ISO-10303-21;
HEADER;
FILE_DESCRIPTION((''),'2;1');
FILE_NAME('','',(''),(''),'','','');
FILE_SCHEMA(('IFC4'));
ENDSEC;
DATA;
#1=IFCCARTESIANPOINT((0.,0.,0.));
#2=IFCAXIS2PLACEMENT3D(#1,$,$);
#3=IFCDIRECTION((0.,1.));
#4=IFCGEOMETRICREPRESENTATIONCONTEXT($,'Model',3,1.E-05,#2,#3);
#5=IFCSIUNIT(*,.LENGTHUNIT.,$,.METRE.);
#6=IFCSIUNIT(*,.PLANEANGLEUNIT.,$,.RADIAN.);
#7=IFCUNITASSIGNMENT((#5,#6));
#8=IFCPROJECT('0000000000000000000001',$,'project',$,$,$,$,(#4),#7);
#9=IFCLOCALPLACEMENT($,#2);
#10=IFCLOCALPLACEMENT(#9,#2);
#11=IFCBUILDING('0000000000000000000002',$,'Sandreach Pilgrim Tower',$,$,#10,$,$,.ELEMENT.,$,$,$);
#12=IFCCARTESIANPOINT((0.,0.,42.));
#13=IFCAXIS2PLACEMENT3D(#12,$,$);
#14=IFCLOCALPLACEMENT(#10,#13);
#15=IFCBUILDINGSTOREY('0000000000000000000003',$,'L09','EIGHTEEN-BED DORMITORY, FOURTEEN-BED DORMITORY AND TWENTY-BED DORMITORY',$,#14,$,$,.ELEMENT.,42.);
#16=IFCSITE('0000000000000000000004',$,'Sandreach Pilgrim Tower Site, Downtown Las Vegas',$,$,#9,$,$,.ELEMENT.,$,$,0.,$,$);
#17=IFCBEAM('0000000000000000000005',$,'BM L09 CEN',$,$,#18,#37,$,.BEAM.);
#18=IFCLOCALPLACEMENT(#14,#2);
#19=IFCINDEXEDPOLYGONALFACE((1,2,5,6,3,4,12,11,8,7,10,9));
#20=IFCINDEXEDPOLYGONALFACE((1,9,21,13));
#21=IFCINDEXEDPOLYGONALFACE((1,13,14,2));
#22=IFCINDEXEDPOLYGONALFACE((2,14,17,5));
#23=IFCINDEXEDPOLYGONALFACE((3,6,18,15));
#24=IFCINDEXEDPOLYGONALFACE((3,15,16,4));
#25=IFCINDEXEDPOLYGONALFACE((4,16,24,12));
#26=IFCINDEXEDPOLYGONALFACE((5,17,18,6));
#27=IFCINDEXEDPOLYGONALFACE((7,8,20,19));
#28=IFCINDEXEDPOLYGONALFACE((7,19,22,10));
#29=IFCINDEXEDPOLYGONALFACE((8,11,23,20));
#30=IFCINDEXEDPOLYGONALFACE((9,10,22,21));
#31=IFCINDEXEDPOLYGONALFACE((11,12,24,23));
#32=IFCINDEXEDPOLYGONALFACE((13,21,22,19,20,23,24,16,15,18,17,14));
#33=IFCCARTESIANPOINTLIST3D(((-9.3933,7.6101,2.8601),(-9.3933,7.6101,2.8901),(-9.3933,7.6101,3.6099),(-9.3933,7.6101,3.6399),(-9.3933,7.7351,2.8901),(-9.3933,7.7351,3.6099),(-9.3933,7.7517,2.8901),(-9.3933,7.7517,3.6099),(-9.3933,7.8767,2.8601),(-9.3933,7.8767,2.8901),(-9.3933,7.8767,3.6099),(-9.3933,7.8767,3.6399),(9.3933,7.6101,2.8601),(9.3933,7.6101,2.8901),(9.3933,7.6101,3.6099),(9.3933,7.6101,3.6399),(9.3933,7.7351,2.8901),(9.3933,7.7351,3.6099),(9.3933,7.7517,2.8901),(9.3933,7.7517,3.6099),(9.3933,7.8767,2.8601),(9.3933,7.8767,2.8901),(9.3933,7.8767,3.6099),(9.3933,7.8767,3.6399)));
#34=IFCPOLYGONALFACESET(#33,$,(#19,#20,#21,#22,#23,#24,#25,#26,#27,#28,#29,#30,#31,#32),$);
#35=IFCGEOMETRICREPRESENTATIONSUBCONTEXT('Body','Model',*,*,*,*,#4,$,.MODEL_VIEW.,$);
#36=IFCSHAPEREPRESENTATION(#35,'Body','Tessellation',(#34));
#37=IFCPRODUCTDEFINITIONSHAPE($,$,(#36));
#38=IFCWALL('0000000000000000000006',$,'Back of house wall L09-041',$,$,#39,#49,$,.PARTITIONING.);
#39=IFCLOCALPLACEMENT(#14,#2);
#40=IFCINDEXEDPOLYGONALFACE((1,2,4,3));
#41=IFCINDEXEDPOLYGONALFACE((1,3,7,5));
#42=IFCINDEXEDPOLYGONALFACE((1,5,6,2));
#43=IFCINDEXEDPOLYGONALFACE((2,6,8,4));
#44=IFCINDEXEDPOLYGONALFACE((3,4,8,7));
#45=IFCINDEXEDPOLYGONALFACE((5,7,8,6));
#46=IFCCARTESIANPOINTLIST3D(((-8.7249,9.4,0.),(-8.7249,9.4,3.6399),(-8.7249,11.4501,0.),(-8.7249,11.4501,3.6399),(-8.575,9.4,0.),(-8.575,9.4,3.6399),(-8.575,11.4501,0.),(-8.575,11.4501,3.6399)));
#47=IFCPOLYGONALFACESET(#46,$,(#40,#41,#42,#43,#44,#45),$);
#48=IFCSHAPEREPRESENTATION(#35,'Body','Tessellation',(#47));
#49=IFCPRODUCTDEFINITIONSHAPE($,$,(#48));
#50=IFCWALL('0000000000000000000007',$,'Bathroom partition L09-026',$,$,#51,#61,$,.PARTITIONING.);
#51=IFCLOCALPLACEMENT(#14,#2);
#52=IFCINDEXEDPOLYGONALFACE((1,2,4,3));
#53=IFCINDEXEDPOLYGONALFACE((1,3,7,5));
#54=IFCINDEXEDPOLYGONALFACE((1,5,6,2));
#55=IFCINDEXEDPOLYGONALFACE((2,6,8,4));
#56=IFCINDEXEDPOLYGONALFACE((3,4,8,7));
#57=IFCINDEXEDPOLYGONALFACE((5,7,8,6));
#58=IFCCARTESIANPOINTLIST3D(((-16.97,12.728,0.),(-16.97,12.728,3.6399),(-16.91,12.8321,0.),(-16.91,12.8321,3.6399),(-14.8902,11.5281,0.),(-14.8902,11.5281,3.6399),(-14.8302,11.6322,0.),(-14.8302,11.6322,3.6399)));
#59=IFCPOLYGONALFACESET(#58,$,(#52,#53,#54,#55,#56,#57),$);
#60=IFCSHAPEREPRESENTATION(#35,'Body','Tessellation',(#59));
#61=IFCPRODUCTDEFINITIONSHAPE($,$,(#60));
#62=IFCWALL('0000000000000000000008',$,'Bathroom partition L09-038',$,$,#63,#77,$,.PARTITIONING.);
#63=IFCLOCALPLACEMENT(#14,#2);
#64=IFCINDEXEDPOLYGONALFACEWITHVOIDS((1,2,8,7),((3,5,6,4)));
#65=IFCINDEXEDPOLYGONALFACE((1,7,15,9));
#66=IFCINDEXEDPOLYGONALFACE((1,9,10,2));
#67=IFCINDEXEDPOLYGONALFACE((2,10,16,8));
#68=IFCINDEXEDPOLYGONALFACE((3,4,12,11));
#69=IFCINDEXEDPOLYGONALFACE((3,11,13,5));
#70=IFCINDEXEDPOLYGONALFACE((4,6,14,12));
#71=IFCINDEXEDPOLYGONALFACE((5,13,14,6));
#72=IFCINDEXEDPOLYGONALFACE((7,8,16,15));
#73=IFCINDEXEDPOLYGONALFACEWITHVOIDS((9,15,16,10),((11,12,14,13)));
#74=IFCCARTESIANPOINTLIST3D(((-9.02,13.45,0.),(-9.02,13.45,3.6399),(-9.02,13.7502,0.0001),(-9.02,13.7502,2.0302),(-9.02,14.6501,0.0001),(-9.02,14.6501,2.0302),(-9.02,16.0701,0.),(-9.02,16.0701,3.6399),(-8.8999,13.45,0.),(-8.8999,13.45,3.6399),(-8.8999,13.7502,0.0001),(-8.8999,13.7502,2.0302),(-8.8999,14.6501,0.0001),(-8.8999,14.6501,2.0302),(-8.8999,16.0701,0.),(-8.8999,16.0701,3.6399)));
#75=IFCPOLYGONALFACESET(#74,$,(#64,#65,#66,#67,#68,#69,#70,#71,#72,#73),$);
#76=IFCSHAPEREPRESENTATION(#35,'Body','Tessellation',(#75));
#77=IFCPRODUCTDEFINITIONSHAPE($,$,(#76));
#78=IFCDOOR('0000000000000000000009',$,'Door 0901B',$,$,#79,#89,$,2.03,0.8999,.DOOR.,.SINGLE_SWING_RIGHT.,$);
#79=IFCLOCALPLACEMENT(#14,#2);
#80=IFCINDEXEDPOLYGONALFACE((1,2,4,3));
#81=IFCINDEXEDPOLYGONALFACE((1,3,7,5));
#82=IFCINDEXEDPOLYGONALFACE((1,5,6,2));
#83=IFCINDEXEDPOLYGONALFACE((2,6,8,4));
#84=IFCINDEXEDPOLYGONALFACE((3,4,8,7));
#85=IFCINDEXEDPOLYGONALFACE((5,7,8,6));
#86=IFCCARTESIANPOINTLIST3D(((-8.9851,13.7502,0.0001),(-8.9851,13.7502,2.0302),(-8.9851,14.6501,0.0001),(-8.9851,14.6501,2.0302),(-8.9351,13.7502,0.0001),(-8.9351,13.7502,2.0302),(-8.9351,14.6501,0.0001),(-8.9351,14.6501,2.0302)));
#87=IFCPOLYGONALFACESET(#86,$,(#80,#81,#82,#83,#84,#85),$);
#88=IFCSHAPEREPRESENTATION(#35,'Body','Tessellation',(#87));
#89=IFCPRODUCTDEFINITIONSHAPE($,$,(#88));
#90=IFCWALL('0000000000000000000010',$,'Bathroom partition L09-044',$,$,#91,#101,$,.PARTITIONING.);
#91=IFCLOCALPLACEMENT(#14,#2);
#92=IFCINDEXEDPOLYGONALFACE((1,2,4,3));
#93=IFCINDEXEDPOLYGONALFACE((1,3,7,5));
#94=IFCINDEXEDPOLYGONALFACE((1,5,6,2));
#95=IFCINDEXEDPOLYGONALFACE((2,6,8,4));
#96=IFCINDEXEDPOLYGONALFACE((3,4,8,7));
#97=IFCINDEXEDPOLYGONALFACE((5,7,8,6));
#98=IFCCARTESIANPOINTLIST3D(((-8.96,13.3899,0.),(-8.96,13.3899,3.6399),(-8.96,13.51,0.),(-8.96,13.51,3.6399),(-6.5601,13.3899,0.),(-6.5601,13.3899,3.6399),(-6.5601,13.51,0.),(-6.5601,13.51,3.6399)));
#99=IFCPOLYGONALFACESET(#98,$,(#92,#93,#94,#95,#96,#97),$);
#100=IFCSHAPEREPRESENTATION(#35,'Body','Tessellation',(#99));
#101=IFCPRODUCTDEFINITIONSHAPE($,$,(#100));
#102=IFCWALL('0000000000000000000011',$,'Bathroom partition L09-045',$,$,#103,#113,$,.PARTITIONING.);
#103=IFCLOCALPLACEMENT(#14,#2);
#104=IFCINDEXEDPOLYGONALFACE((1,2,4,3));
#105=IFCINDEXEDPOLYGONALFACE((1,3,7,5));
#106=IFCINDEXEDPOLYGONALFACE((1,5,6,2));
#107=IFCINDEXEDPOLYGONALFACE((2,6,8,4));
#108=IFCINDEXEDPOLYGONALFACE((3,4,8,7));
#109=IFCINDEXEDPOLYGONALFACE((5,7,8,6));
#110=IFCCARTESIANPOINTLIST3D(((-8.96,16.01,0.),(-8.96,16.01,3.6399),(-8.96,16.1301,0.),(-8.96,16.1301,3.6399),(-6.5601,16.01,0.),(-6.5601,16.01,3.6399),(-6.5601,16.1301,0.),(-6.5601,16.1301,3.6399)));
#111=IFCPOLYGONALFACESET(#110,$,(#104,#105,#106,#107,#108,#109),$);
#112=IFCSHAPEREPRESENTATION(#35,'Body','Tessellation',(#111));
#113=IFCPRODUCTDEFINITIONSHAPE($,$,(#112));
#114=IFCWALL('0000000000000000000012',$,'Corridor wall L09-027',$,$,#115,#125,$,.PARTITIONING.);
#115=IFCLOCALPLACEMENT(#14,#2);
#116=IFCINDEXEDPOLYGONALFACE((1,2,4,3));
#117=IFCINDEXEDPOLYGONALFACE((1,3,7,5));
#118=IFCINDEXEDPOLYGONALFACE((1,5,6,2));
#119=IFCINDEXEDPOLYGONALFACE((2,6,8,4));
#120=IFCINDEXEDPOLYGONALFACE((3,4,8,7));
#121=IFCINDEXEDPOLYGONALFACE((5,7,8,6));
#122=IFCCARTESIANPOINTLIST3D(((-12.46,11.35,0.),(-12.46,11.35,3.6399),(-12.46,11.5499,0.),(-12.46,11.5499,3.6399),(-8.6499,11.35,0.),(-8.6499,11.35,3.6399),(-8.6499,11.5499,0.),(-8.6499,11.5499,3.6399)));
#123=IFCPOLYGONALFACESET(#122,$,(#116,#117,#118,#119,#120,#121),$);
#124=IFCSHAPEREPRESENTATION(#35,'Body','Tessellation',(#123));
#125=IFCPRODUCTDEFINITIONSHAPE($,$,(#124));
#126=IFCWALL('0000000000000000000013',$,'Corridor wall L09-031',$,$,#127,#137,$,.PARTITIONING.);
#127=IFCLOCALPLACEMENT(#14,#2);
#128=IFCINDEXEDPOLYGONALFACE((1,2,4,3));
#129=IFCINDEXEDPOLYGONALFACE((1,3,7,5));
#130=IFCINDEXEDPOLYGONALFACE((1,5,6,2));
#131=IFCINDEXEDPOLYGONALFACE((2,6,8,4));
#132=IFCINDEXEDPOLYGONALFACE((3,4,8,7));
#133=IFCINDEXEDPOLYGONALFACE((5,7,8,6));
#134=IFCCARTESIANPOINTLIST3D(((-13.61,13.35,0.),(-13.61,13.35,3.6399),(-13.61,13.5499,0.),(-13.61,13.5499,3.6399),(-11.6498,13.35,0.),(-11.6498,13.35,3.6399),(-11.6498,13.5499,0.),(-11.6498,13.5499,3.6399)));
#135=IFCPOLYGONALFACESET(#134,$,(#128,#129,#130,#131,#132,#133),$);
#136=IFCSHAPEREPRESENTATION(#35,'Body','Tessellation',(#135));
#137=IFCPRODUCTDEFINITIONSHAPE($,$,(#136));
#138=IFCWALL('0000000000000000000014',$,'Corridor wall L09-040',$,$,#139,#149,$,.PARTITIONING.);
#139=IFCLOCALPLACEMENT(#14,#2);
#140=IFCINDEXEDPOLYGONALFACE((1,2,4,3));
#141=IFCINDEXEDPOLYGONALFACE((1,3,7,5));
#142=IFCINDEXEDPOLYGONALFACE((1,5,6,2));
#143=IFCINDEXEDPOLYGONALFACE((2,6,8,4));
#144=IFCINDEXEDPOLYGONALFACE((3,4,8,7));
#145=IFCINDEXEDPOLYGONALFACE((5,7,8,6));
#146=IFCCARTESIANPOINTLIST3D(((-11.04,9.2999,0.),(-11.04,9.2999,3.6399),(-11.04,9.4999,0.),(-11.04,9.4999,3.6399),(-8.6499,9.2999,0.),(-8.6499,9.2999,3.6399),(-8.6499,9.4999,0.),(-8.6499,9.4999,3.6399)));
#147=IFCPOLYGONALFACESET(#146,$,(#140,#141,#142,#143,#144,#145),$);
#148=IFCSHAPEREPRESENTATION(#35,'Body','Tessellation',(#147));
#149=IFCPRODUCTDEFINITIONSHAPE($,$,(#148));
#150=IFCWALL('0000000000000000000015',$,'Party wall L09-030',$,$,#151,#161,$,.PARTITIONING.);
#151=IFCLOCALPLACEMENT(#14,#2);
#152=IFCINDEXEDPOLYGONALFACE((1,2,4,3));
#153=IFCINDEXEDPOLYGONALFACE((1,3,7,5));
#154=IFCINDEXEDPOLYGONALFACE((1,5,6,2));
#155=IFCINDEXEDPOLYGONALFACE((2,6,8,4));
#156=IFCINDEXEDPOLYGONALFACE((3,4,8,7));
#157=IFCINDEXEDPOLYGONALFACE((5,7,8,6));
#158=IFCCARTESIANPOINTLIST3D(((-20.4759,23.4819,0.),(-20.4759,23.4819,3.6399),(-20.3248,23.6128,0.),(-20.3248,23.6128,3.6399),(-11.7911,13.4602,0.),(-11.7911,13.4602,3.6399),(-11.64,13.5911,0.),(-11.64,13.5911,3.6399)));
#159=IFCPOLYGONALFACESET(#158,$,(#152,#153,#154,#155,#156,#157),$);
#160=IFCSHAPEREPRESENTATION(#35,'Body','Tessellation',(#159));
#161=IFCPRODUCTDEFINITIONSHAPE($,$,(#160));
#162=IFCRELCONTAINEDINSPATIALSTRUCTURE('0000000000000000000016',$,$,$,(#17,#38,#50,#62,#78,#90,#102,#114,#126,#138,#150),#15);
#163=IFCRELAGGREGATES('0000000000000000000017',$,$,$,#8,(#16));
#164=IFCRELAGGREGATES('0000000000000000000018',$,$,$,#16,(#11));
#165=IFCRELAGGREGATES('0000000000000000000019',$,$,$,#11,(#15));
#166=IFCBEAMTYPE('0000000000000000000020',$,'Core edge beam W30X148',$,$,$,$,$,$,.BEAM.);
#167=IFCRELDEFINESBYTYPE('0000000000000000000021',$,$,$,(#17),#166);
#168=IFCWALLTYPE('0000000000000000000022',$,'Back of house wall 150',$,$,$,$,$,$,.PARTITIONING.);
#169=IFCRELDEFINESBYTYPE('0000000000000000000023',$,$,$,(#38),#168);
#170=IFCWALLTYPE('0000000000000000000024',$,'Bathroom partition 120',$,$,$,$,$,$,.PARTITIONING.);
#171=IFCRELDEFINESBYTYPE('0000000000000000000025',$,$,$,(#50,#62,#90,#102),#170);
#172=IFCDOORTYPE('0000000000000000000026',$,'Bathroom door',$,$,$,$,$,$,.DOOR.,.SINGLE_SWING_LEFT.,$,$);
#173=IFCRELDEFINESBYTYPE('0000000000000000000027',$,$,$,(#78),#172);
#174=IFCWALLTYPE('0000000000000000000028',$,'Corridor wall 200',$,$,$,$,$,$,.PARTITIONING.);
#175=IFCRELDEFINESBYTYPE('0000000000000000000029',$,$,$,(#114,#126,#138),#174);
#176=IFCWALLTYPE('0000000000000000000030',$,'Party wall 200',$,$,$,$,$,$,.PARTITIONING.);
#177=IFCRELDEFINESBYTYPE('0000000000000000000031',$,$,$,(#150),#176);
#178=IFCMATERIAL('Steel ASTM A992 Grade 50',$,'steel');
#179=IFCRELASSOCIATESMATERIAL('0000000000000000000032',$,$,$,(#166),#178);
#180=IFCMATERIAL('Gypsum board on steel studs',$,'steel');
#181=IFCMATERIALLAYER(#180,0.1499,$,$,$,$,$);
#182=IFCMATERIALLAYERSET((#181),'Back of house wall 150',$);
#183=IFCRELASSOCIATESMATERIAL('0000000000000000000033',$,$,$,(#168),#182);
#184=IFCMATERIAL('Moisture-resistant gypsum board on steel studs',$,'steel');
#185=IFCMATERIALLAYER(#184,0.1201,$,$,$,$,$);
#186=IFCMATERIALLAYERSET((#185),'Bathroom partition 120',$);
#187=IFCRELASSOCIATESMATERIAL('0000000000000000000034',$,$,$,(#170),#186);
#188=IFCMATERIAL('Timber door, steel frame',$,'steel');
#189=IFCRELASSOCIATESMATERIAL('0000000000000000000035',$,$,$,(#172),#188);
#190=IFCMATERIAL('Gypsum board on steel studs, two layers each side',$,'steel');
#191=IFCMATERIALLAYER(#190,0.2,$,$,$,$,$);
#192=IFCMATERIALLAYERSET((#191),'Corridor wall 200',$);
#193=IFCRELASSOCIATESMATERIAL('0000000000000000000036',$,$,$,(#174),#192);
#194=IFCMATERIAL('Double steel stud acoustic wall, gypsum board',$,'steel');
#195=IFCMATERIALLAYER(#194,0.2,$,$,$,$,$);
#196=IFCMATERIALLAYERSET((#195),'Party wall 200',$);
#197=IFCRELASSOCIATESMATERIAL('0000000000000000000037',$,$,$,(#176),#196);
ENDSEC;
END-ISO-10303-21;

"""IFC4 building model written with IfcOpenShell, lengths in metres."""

from ifc_helpers import new_model, si_unit, direction, frame, frame_2d, origin, origin_2d, place, context, subcontext, project, spatial, rectangle, i_section, extrude, material, layer, layer_set, material_profile, profile_set, type_object, element, fill, save


model = new_model("IFC4")

# Units and contexts
model_context = context("Model", 3, precision=1e-05, world=origin(), true_north=direction((0.0, 1.0)))
body_context = subcontext(model_context, "Body", "Model", "MODEL_VIEW")
ifc_project = project(units=[si_unit("LENGTHUNIT", "METRE"), si_unit("PLANEANGLEUNIT", "RADIAN")], contexts=[model_context])

# Site, building, storey
site_placement = place(None, origin())
site = spatial("IfcSite", under=ifc_project, at=site_placement, Name="Sandreach Pilgrim Tower Site, Downtown Las Vegas", CompositionType="ELEMENT", RefElevation=0.0)
building_placement = place(site_placement, origin())
building = spatial("IfcBuilding", under=site, at=building_placement, Name="Sandreach Pilgrim Tower", CompositionType="ELEMENT")
storey_placement = place(building_placement, frame((0.0, 0.0, 42.0)))
storey = spatial("IfcBuildingStorey", under=building, at=storey_placement, Name="L09", Description="EIGHTEEN-BED DORMITORY, FOURTEEN-BED DORMITORY AND TWENTY-BED DORMITORY", CompositionType="ELEMENT", Elevation=42.0)

# Beam
ifc_material_1 = material(Name="Steel ASTM A992 Grade 50", Category="steel")
ifc_material_profile = material_profile(ifc_material_1, i_section(OverallWidth=0.2666, OverallDepth=0.7798, WebThickness=0.0166, FlangeThickness=0.03, at=origin_2d()), Name="W30X148")
ifc_profile_set = profile_set([ifc_material_profile], Name="Steel ASTM A992 Grade 50")
beam_type = type_object("IfcBeamType", Name="Core edge beam W30X148", PredefinedType="BEAM", material=ifc_profile_set)
beam_placement = place(storey_placement, frame((-9.3933, 7.7434, 3.25), z_axis=(1.0, 0.0, 0.0), x_axis=(0.0, 1.0, 0.0)))
element("IfcBeam", 1, at=beam_placement, inside=storey, type_object=beam_type, Name="BM L09 CEN", PredefinedType="BEAM", context=body_context, shape_type="SweptSolid", body=[
    extrude(i_section(OverallWidth=0.2666, OverallDepth=0.7798, WebThickness=0.0166, FlangeThickness=0.03, at=origin_2d()), origin(), (0.0, 0.0, 1.0), 18.7866),
])

# Walls
ifc_material_2 = material(Name="Gypsum board on steel studs", Category="steel")
ifc_layer_1 = layer(ifc_material_2, 0.1499)
ifc_layer_set_1 = layer_set([ifc_layer_1], Name="Back of house wall 150")
wall_type_1 = type_object("IfcWallType", Name="Back of house wall 150", PredefinedType="PARTITIONING", material=ifc_layer_set_1)
wall_1_placement = place(storey_placement, frame((-8.6499, 11.45, 0.0), z_axis=(0.0, 0.0, 1.0), x_axis=(0.0, -1.0, 0.0)))
element("IfcWall", 2, at=wall_1_placement, inside=storey, type_object=wall_type_1, Name="Back of house wall L09-041", PredefinedType="PARTITIONING", context=body_context, shape_type="SweptSolid", body=[
    extrude(rectangle(XDim=2.05, YDim=0.1499, at=frame_2d((1.0249, 0.0))), origin(), (0.0, 0.0, 1.0), 3.6399),
])
ifc_material_3 = material(Name="Moisture-resistant gypsum board on steel studs", Category="steel")
ifc_layer_2 = layer(ifc_material_3, 0.1201)
ifc_layer_set_2 = layer_set([ifc_layer_2], Name="Bathroom partition 120")
wall_type_2 = type_object("IfcWallType", Name="Bathroom partition 120", PredefinedType="PARTITIONING", material=ifc_layer_set_2)
wall_2_placement = place(storey_placement, frame((-14.8601, 11.5801, 0.0), z_axis=(0.0, 0.0, 1.0), x_axis=(-0.866177, 0.499737, 0.0)))
element("IfcWall", 3, at=wall_2_placement, inside=storey, type_object=wall_type_2, Name="Bathroom partition L09-026", PredefinedType="PARTITIONING", context=body_context, shape_type="SweptSolid", body=[
    extrude(rectangle(XDim=2.4011, YDim=0.1201, at=frame_2d((1.2007, 0.0))), origin(), (0.0, 0.0, 1.0), 3.6399),
])

# Wall, opening, door
wall_3_placement = place(storey_placement, frame((-8.96, 16.0701, 0.0), z_axis=(0.0, 0.0, 1.0), x_axis=(0.0, -1.0, 0.0)))
wall_3 = element("IfcWall", 4, at=wall_3_placement, inside=storey, type_object=wall_type_2, Name="Bathroom partition L09-038", PredefinedType="PARTITIONING", context=body_context, shape_type="SweptSolid", body=[
    extrude(rectangle(XDim=2.6201, YDim=0.1201, at=frame_2d((1.3101, 0.0))), origin(), (0.0, 0.0, 1.0), 3.6399),
])
opening_1_placement = place(wall_3_placement, frame((1.4199, 0.0, 0.0)))
opening_1 = element("IfcOpeningElement", 5, at=opening_1_placement, cuts=wall_3, PredefinedType="OPENING", context=body_context, shape_type="SweptSolid", body=[
    extrude(rectangle(XDim=0.8999, YDim=2.03, at=frame_2d((0.45, 1.0151))), frame((0.0, 0.0601, 0.0), z_axis=(0.0, -1.0, 0.0), x_axis=(1.0, 0.0, 0.0)), (0.0, 0.0, 1.0), 0.1201),
])
ifc_material_4 = material(Name="Timber door, steel frame", Category="steel")
door_type_1 = type_object("IfcDoorType", Name="Bathroom door", OperationType="SINGLE_SWING_LEFT", PredefinedType="DOOR", material=ifc_material_4)
door_1_placement = place(opening_1_placement, origin())
door_1 = element("IfcDoor", 6, at=door_1_placement, inside=storey, type_object=door_type_1, Name="Door 0901B", OperationType="SINGLE_SWING_RIGHT", OverallHeight=2.03, OverallWidth=0.8999, PredefinedType="DOOR", context=body_context, shape_type="SweptSolid", body=[
    extrude(rectangle(XDim=0.8999, YDim=2.03, at=frame_2d((0.45, 1.0151))), frame((0.0, 0.0249, 0.0), z_axis=(0.0, -1.0, 0.0), x_axis=(1.0, 0.0, 0.0)), (0.0, 0.0, 1.0), 0.05),
])
fill(opening_1, door_1)

# Walls
for number, where, z_axis, x_axis, name in (
    (7, (-6.5601, 13.45, 0.0), (0.0, 0.0, 1.0), (-1.0, 0.0, 0.0), "Bathroom partition L09-044"),
    (8, (-6.5601, 16.0701, 0.0), (0.0, 0.0, 1.0), (-1.0, 0.0, 0.0), "Bathroom partition L09-045"),
):
    element("IfcWall", number, at=place(storey_placement, frame(where, z_axis=z_axis, x_axis=x_axis)), inside=storey, type_object=wall_type_2, Name=name, PredefinedType="PARTITIONING", context=body_context, shape_type="SweptSolid", body=[
        extrude(rectangle(XDim=2.3999, YDim=0.1201, at=frame_2d((1.2, 0.0))), origin(), (0.0, 0.0, 1.0), 3.6399),
    ])

# Shared definitions
ifc_material_5 = material(Name="Gypsum board on steel studs, two layers each side", Category="steel")
ifc_layer_3 = layer(ifc_material_5, 0.2)
ifc_layer_set_3 = layer_set([ifc_layer_3], Name="Corridor wall 200")
wall_type_3 = type_object("IfcWallType", Name="Corridor wall 200", PredefinedType="PARTITIONING", material=ifc_layer_set_3)

# Walls
wall_4_placement = place(storey_placement, frame((-12.46, 11.45, 0.0), z_axis=(0.0, 0.0, 1.0), x_axis=(1.0, 0.0, 0.0)))
element("IfcWall", 9, at=wall_4_placement, inside=storey, type_object=wall_type_3, Name="Corridor wall L09-027", PredefinedType="PARTITIONING", context=body_context, shape_type="SweptSolid", body=[
    extrude(rectangle(XDim=3.8101, YDim=0.2, at=frame_2d((1.905, 0.0))), origin(), (0.0, 0.0, 1.0), 3.6399),
])
wall_5_placement = place(storey_placement, frame((-11.6499, 13.45, 0.0), z_axis=(0.0, 0.0, 1.0), x_axis=(-1.0, 0.0, 0.0)))
element("IfcWall", 10, at=wall_5_placement, inside=storey, type_object=wall_type_3, Name="Corridor wall L09-031", PredefinedType="PARTITIONING", context=body_context, shape_type="SweptSolid", body=[
    extrude(rectangle(XDim=1.9602, YDim=0.2, at=frame_2d((0.98, 0.0))), origin(), (0.0, 0.0, 1.0), 3.6399),
])

# Wall
wall_6_placement = place(storey_placement, frame((-8.6499, 9.3999, 0.0), z_axis=(0.0, 0.0, 1.0), x_axis=(-1.0, 0.0, 0.0)))
element("IfcWall", 11, at=wall_6_placement, inside=storey, type_object=wall_type_3, Name="Corridor wall L09-040", PredefinedType="PARTITIONING", context=body_context, shape_type="SweptSolid", body=[
    extrude(rectangle(XDim=2.3901, YDim=0.2, at=frame_2d((1.1951, 0.0))), origin(), (0.0, 0.0, 1.0), 3.6399),
])

# Wall
ifc_material_6 = material(Name="Double steel stud acoustic wall, gypsum board", Category="steel")
ifc_layer_4 = layer(ifc_material_6, 0.2)
ifc_layer_set_4 = layer_set([ifc_layer_4], Name="Party wall 200")
wall_type_4 = type_object("IfcWallType", Name="Party wall 200", PredefinedType="PARTITIONING", material=ifc_layer_set_4)
wall_7_placement = place(storey_placement, frame((-11.7156, 13.5256, 0.0), z_axis=(0.0, 0.0, 1.0), x_axis=(-0.654901, 0.755715, 0.0)))
element("IfcWall", 12, at=wall_7_placement, inside=storey, type_object=wall_type_4, Name="Party wall L09-030", PredefinedType="PARTITIONING", context=body_context, shape_type="SweptSolid", body=[
    extrude(rectangle(XDim=13.2612, YDim=0.2, at=frame_2d((6.6306, 0.0))), origin(), (0.0, 0.0, 1.0), 3.6399),
])

save(model, "model.ifc")
